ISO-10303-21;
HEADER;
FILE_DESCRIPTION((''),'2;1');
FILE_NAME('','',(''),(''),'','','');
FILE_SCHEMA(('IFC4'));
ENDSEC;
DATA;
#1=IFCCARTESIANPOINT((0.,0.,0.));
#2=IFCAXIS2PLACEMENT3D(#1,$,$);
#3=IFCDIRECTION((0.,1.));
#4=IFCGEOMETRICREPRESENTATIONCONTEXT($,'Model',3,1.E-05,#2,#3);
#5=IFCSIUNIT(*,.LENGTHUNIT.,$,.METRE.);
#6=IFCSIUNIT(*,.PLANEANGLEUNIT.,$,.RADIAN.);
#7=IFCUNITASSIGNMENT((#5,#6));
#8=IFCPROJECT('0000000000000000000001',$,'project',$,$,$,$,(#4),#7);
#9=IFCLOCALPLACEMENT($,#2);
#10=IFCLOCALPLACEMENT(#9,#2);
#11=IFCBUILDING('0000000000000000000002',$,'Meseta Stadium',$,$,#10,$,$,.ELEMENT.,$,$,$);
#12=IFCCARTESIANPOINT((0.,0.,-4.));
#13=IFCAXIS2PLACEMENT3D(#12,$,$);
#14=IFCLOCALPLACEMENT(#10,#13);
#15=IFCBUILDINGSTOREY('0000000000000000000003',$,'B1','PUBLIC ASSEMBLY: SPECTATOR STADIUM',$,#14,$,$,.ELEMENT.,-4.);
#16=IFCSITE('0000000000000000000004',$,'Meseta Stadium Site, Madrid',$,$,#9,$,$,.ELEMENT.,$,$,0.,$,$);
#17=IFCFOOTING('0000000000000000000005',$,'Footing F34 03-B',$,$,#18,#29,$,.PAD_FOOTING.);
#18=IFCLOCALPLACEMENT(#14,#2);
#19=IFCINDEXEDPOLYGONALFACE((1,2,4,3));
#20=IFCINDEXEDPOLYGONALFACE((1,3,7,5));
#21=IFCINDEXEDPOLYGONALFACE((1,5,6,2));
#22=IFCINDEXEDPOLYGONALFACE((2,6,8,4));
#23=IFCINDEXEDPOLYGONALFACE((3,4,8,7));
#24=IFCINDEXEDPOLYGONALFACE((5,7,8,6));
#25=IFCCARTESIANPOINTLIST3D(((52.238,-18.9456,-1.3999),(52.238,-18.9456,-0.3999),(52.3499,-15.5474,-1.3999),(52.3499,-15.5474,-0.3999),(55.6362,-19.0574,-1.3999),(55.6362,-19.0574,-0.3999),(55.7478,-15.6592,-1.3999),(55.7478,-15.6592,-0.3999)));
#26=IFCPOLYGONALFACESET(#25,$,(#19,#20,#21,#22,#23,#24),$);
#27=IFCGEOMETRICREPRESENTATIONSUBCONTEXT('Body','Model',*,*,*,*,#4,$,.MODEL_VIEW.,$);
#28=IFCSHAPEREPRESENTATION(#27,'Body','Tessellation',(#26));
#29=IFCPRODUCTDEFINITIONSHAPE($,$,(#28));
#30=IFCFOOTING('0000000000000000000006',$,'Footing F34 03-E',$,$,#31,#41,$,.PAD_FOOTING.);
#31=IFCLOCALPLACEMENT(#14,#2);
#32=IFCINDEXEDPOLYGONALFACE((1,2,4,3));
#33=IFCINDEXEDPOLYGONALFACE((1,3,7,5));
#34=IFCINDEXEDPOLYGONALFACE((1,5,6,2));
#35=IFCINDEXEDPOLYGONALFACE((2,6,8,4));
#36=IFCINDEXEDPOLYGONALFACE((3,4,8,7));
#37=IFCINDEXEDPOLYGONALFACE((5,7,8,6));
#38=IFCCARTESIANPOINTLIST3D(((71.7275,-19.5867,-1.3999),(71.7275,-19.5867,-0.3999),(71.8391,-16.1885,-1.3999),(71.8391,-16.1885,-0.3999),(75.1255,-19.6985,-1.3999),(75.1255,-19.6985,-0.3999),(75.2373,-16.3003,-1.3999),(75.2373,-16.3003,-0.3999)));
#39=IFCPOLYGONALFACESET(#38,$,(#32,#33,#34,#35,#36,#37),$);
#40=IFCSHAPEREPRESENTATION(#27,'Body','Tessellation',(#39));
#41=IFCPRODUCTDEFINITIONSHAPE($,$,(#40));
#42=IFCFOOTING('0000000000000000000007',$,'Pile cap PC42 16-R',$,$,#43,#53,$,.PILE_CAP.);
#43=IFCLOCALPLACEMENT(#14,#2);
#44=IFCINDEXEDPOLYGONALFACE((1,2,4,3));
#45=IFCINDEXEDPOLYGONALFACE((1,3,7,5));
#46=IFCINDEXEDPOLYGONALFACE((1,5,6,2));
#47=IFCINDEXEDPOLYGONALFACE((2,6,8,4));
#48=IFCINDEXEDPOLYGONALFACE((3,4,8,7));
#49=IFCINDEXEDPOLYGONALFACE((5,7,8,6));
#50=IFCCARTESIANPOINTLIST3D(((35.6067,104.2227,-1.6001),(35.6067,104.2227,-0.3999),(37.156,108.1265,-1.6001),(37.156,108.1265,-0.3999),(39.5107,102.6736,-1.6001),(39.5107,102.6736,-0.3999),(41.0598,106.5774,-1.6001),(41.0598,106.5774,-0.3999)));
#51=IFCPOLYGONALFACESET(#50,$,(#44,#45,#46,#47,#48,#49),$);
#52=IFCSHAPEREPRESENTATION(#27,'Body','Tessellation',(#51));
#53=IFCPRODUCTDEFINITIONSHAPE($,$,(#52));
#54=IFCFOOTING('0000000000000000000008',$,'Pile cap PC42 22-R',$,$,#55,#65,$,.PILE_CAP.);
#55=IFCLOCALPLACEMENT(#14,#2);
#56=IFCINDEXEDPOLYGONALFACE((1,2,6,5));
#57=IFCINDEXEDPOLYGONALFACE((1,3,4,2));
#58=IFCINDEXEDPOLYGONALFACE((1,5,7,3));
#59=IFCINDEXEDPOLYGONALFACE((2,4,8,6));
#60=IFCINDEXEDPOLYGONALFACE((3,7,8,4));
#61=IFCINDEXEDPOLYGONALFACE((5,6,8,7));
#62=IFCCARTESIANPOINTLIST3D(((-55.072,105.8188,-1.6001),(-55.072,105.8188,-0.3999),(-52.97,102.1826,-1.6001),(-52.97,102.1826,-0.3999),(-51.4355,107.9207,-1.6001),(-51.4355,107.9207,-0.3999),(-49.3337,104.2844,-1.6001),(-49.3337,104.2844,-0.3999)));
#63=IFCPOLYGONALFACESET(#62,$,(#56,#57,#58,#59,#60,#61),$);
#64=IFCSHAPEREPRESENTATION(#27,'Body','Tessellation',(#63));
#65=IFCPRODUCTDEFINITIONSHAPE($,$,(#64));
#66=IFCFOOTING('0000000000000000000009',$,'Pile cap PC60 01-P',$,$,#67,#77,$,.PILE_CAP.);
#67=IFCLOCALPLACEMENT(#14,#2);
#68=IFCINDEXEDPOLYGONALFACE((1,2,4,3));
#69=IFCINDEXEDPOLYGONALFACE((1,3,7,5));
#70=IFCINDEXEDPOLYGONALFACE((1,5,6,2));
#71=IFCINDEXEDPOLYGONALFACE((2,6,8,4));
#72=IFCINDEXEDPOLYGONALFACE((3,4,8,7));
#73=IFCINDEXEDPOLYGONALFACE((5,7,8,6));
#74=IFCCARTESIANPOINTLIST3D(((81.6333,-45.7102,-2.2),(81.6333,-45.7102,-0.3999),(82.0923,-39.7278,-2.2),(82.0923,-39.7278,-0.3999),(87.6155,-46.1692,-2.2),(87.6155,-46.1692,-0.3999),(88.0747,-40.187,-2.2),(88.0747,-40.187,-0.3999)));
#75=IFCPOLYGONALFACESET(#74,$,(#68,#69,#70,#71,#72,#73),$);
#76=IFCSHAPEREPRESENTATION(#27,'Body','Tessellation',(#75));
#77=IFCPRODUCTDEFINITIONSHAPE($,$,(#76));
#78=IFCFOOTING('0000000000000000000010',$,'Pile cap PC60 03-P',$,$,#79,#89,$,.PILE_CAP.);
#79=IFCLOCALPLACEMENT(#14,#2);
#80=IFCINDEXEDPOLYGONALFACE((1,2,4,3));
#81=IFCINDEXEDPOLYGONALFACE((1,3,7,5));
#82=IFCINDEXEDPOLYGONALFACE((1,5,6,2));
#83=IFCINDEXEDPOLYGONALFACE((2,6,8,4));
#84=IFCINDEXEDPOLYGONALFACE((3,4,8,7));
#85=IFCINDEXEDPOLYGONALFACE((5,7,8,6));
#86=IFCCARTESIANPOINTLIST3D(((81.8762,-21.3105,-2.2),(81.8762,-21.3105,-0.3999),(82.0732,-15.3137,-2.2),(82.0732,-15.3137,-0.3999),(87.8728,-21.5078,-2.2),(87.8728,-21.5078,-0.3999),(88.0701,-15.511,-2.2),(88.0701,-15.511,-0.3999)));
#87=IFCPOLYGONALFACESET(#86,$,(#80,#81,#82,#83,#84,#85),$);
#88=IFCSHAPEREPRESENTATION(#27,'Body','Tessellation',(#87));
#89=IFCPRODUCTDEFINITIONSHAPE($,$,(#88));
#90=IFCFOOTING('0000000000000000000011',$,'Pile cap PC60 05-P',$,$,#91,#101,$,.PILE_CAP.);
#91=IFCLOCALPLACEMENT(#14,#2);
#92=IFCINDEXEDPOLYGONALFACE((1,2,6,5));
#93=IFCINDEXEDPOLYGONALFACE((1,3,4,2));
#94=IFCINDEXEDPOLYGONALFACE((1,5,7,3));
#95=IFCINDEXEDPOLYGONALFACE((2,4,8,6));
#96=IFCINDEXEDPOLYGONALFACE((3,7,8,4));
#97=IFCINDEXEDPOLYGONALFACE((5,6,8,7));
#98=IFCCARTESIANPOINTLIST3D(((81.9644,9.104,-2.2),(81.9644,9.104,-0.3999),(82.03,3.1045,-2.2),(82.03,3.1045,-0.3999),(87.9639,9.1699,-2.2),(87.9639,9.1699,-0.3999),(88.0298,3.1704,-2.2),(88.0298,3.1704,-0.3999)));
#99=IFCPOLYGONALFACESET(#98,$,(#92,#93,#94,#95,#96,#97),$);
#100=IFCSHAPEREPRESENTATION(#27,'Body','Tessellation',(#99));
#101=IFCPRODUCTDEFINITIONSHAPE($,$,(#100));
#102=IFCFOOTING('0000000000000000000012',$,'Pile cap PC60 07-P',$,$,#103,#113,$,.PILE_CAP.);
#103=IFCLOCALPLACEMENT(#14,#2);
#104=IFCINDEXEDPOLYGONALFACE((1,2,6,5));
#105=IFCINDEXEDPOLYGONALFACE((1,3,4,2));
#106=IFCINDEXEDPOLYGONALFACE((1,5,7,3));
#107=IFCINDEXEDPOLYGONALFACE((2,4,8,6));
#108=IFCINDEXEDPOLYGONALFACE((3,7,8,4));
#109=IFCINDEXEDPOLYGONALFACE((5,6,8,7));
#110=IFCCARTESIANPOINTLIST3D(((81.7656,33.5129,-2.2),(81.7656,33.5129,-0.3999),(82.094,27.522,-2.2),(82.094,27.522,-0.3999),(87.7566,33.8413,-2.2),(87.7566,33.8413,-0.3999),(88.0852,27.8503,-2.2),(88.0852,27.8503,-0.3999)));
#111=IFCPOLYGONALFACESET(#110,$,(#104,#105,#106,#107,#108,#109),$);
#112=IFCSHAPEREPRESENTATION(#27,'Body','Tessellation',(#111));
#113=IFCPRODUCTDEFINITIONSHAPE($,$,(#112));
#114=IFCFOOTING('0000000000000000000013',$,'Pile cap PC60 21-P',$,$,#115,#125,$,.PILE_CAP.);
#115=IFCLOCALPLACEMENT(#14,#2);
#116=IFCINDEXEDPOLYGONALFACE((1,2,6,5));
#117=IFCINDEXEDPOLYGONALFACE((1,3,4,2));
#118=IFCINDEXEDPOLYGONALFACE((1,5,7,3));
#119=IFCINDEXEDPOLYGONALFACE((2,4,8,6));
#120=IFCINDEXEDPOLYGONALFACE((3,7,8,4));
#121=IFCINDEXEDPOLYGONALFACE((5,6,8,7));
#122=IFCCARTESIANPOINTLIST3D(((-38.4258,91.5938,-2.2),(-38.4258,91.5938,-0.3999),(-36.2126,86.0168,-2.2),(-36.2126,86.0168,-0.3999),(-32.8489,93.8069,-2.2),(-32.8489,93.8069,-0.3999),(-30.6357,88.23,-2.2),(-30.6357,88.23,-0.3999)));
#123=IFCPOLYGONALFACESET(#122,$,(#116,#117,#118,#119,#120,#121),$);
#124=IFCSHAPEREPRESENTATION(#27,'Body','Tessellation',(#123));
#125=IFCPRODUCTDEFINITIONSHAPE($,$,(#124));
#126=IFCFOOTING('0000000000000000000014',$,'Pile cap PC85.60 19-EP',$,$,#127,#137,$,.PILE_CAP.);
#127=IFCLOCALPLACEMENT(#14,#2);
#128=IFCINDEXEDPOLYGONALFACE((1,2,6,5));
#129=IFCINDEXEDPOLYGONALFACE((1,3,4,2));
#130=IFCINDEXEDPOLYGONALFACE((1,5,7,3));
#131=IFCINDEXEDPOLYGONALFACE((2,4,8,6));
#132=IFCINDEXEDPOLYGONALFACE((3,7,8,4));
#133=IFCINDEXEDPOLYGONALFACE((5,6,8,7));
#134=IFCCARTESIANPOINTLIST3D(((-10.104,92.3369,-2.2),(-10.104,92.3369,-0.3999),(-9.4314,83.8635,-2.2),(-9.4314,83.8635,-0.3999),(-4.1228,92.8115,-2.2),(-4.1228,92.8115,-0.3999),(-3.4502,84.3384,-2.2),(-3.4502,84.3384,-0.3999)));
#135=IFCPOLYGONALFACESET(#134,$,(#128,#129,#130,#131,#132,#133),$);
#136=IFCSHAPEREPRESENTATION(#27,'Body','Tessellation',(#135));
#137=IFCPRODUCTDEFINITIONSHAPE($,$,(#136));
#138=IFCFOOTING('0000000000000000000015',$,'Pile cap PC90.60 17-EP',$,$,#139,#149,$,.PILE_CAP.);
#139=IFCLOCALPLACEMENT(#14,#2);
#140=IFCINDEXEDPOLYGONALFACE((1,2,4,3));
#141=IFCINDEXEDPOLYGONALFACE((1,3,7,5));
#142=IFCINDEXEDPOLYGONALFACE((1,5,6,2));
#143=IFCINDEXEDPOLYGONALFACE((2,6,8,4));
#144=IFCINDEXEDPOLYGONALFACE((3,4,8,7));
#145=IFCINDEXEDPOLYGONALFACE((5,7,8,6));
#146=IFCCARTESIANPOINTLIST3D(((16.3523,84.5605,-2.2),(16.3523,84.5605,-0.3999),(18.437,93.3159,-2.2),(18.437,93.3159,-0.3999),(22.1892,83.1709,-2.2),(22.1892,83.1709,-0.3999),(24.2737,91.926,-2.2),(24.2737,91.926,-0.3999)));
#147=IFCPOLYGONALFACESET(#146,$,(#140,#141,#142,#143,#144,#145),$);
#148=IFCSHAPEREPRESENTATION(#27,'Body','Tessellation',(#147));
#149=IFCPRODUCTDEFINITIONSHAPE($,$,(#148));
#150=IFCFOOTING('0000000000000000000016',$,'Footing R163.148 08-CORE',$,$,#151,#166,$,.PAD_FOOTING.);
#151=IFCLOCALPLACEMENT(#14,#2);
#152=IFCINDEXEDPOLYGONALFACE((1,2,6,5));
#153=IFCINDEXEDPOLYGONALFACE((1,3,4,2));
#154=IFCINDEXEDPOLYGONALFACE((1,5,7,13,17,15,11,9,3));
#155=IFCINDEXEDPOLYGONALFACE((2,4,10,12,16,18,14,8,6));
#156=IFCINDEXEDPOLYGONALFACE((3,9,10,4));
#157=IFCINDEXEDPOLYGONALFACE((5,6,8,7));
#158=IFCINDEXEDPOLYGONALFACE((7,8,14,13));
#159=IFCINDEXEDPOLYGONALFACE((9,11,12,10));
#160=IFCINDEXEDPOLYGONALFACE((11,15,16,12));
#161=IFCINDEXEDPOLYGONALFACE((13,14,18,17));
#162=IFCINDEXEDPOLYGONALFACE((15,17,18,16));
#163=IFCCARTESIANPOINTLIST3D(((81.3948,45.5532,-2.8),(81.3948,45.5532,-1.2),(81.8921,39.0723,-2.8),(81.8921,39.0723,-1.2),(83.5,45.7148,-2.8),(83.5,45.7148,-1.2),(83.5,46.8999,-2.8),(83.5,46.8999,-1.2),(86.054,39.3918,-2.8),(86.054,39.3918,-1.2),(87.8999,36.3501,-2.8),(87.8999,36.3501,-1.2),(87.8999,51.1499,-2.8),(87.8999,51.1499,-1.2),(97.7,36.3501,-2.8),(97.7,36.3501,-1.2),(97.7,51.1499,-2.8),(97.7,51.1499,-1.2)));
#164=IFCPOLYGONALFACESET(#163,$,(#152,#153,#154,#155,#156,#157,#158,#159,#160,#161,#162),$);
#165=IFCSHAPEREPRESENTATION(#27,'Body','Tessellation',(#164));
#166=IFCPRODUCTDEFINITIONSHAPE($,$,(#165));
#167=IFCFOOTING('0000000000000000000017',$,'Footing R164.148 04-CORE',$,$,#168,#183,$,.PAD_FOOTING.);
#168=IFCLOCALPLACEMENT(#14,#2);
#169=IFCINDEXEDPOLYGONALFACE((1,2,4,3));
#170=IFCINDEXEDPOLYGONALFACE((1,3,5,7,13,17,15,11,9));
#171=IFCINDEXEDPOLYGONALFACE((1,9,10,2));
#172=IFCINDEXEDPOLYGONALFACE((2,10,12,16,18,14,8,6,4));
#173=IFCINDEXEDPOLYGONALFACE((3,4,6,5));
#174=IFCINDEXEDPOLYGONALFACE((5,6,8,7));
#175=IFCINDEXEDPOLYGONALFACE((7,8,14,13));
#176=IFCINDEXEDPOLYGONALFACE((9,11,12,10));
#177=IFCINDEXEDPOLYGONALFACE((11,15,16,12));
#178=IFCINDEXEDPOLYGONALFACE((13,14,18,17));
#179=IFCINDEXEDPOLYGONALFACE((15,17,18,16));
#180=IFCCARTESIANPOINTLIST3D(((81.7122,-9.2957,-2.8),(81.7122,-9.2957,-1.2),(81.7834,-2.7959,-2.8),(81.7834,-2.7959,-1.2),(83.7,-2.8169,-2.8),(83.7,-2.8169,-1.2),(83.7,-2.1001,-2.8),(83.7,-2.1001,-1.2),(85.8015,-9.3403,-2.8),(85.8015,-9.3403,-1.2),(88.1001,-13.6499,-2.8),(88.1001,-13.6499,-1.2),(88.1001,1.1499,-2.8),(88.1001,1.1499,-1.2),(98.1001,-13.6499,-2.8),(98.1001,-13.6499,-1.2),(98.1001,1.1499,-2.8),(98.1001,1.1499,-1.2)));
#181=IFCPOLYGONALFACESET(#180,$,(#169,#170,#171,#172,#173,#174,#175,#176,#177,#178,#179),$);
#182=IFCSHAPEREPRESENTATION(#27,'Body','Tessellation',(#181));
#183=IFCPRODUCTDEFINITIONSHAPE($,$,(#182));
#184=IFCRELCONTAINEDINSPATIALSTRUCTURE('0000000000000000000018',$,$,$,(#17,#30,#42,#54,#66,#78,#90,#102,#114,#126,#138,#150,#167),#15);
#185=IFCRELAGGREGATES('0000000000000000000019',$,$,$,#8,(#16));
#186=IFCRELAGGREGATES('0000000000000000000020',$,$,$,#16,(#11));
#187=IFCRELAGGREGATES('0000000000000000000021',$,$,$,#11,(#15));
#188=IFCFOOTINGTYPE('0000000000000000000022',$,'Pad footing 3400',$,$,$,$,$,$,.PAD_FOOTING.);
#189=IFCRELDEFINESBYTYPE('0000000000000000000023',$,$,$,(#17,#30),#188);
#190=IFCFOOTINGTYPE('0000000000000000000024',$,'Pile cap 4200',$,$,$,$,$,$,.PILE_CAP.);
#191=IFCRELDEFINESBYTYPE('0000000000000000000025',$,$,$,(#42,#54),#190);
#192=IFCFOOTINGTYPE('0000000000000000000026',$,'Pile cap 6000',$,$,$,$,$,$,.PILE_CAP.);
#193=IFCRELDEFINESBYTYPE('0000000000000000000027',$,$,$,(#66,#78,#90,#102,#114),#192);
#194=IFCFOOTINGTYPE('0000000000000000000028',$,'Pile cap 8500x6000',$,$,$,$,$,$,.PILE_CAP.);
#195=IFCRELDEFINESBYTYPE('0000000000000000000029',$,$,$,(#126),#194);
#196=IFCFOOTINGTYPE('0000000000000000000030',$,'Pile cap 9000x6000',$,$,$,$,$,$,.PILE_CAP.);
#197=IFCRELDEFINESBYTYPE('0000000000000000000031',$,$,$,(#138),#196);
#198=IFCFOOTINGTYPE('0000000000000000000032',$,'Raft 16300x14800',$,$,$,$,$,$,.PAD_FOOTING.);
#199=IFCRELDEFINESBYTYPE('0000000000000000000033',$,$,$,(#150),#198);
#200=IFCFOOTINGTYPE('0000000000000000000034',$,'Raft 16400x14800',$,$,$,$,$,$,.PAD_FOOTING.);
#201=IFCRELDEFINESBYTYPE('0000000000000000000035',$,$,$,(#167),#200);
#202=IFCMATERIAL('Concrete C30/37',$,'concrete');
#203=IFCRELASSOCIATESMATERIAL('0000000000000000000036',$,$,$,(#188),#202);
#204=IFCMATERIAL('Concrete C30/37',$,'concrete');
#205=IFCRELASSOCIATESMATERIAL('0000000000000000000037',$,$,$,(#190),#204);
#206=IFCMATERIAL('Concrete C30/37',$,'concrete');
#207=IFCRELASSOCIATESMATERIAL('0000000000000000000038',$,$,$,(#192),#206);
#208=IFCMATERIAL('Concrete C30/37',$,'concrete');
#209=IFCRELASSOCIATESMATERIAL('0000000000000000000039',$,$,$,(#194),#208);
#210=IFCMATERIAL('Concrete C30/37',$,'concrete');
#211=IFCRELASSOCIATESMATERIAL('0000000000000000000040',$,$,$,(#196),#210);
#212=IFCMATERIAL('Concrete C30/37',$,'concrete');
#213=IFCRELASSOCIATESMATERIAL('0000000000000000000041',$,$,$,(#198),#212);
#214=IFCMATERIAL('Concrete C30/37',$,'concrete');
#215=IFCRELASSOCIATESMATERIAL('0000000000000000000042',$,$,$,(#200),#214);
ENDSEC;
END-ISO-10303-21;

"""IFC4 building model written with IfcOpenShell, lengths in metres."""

from ifc_helpers import new_model, si_unit, direction, frame, origin, place, context, subcontext, project, spatial, polyline, outline, extrude, material, type_object, element, save


model = new_model("IFC4")

# Units and contexts
model_context = context("Model", 3, precision=1e-05, world=origin(), true_north=direction((0.0, 1.0)))
body_context = subcontext(model_context, "Body", "Model", "MODEL_VIEW")
ifc_project = project(units=[si_unit("LENGTHUNIT", "METRE"), si_unit("PLANEANGLEUNIT", "RADIAN")], contexts=[model_context])

# Site, building, storey
site_placement = place(None, origin())
site = spatial("IfcSite", under=ifc_project, at=site_placement, Name="Meseta Stadium Site, Madrid", CompositionType="ELEMENT", RefElevation=0.0)
building_placement = place(site_placement, origin())
building = spatial("IfcBuilding", under=site, at=building_placement, Name="Meseta Stadium", CompositionType="ELEMENT")
storey_placement = place(building_placement, frame((0.0, 0.0, -4.0)))
storey = spatial("IfcBuildingStorey", under=building, at=storey_placement, Name="B1", Description="PUBLIC ASSEMBLY: SPECTATOR STADIUM", CompositionType="ELEMENT", Elevation=-4.0)

# Footings
ifc_material_1 = material(Name="Concrete C30/37", Category="concrete")
footing_type_1 = type_object("IfcFootingType", Name="Pad footing 3400", PredefinedType="PAD_FOOTING", material=ifc_material_1)
footing_1_placement = place(storey_placement, frame((0.0, 0.0, -1.3999)))
element("IfcFooting", 1, at=footing_1_placement, inside=storey, type_object=footing_type_1, Name="Footing F34 03-B", PredefinedType="PAD_FOOTING", context=body_context, shape_type="SweptSolid", body=[
    extrude(outline(polyline([(52.238, -18.9456), (55.6362, -19.0574), (55.7478, -15.6592), (52.3499, -15.5474), (52.238, -18.9456)])), origin(), (0.0, 0.0, 1.0), 1.0),
])
footing_2_placement = place(storey_placement, frame((0.0, 0.0, -1.3999)))
element("IfcFooting", 2, at=footing_2_placement, inside=storey, type_object=footing_type_1, Name="Footing F34 03-E", PredefinedType="PAD_FOOTING", context=body_context, shape_type="SweptSolid", body=[
    extrude(outline(polyline([(71.7275, -19.5867), (75.1255, -19.6985), (75.2373, -16.3003), (71.8391, -16.1885), (71.7275, -19.5867)])), origin(), (0.0, 0.0, 1.0), 1.0),
])
ifc_material_2 = material(Name="Concrete C30/37", Category="concrete")
footing_type_2 = type_object("IfcFootingType", Name="Pile cap 4200", PredefinedType="PILE_CAP", material=ifc_material_2)
footing_3_placement = place(storey_placement, frame((0.0, 0.0, -1.6001)))
element("IfcFooting", 3, at=footing_3_placement, inside=storey, type_object=footing_type_2, Name="Pile cap PC42 16-R", PredefinedType="PILE_CAP", context=body_context, shape_type="SweptSolid", body=[
    extrude(outline(polyline([(39.5107, 102.6736), (41.0598, 106.5774), (37.156, 108.1265), (35.6067, 104.2227), (39.5107, 102.6736)])), origin(), (0.0, 0.0, 1.0), 1.2002),
])
footing_4_placement = place(storey_placement, frame((0.0, 0.0, -1.6001)))
element("IfcFooting", 4, at=footing_4_placement, inside=storey, type_object=footing_type_2, Name="Pile cap PC42 22-R", PredefinedType="PILE_CAP", context=body_context, shape_type="SweptSolid", body=[
    extrude(outline(polyline([(-49.3337, 104.2844), (-51.4355, 107.9207), (-55.072, 105.8188), (-52.97, 102.1826), (-49.3337, 104.2844)])), origin(), (0.0, 0.0, 1.0), 1.2002),
])
ifc_material_3 = material(Name="Concrete C30/37", Category="concrete")
footing_type_3 = type_object("IfcFootingType", Name="Pile cap 6000", PredefinedType="PILE_CAP", material=ifc_material_3)
footing_5_placement = place(storey_placement, frame((0.0, 0.0, -2.2)))
element("IfcFooting", 5, at=footing_5_placement, inside=storey, type_object=footing_type_3, Name="Pile cap PC60 01-P", PredefinedType="PILE_CAP", context=body_context, shape_type="SweptSolid", body=[
    extrude(outline(polyline([(81.6333, -45.7102), (87.6155, -46.1692), (88.0747, -40.187), (82.0923, -39.7278), (81.6333, -45.7102)])), origin(), (0.0, 0.0, 1.0), 1.8),
])
footing_6_placement = place(storey_placement, frame((0.0, 0.0, -2.2)))
element("IfcFooting", 6, at=footing_6_placement, inside=storey, type_object=footing_type_3, Name="Pile cap PC60 03-P", PredefinedType="PILE_CAP", context=body_context, shape_type="SweptSolid", body=[
    extrude(outline(polyline([(81.8762, -21.3105), (87.8728, -21.5078), (88.0701, -15.511), (82.0732, -15.3137), (81.8762, -21.3105)])), origin(), (0.0, 0.0, 1.0), 1.8),
])
footing_7_placement = place(storey_placement, frame((0.0, 0.0, -2.2)))
element("IfcFooting", 7, at=footing_7_placement, inside=storey, type_object=footing_type_3, Name="Pile cap PC60 05-P", PredefinedType="PILE_CAP", context=body_context, shape_type="SweptSolid", body=[
    extrude(outline(polyline([(82.03, 3.1045), (88.0298, 3.1704), (87.9639, 9.1699), (81.9644, 9.104), (82.03, 3.1045)])), origin(), (0.0, 0.0, 1.0), 1.8),
])
footing_8_placement = place(storey_placement, frame((0.0, 0.0, -2.2)))
element("IfcFooting", 8, at=footing_8_placement, inside=storey, type_object=footing_type_3, Name="Pile cap PC60 07-P", PredefinedType="PILE_CAP", context=body_context, shape_type="SweptSolid", body=[
    extrude(outline(polyline([(82.094, 27.522), (88.0852, 27.8503), (87.7566, 33.8413), (81.7656, 33.5129), (82.094, 27.522)])), origin(), (0.0, 0.0, 1.0), 1.8),
])
footing_9_placement = place(storey_placement, frame((0.0, 0.0, -2.2)))
element("IfcFooting", 9, at=footing_9_placement, inside=storey, type_object=footing_type_3, Name="Pile cap PC60 21-P", PredefinedType="PILE_CAP", context=body_context, shape_type="SweptSolid", body=[
    extrude(outline(polyline([(-30.6357, 88.23), (-32.8489, 93.8069), (-38.4258, 91.5938), (-36.2126, 86.0168), (-30.6357, 88.23)])), origin(), (0.0, 0.0, 1.0), 1.8),
])
ifc_material_4 = material(Name="Concrete C30/37", Category="concrete")
footing_type_4 = type_object("IfcFootingType", Name="Pile cap 8500x6000", PredefinedType="PILE_CAP", material=ifc_material_4)
footing_10_placement = place(storey_placement, frame((0.0, 0.0, -2.2)))
element("IfcFooting", 10, at=footing_10_placement, inside=storey, type_object=footing_type_4, Name="Pile cap PC85.60 19-EP", PredefinedType="PILE_CAP", context=body_context, shape_type="SweptSolid", body=[
    extrude(outline(polyline([(-3.4502, 84.3384), (-4.1228, 92.8115), (-10.104, 92.3369), (-9.4314, 83.8635), (-3.4502, 84.3384)])), origin(), (0.0, 0.0, 1.0), 1.8),
])
ifc_material_5 = material(Name="Concrete C30/37", Category="concrete")
footing_type_5 = type_object("IfcFootingType", Name="Pile cap 9000x6000", PredefinedType="PILE_CAP", material=ifc_material_5)
footing_11_placement = place(storey_placement, frame((0.0, 0.0, -2.2)))
element("IfcFooting", 11, at=footing_11_placement, inside=storey, type_object=footing_type_5, Name="Pile cap PC90.60 17-EP", PredefinedType="PILE_CAP", context=body_context, shape_type="SweptSolid", body=[
    extrude(outline(polyline([(22.1892, 83.1709), (24.2737, 91.926), (18.437, 93.3159), (16.3523, 84.5605), (22.1892, 83.1709)])), origin(), (0.0, 0.0, 1.0), 1.8),
])
ifc_material_6 = material(Name="Concrete C30/37", Category="concrete")
footing_type_6 = type_object("IfcFootingType", Name="Raft 16300x14800", PredefinedType="PAD_FOOTING", material=ifc_material_6)
footing_12_placement = place(storey_placement, frame((0.0, 0.0, -2.8)))
element("IfcFooting", 12, at=footing_12_placement, inside=storey, type_object=footing_type_6, Name="Footing R163.148 08-CORE", PredefinedType="PAD_FOOTING", context=body_context, shape_type="SweptSolid", body=[
    extrude(outline(polyline([(86.054, 39.3918), (87.8999, 36.3501), (97.7, 36.3501), (97.7, 51.1499), (87.8999, 51.1499), (83.5, 46.8999), (83.5, 45.7148), (81.3948, 45.5532), (81.8921, 39.0723), (86.054, 39.3918)])), origin(), (0.0, 0.0, 1.0), 1.6001),
])
ifc_material_7 = material(Name="Concrete C30/37", Category="concrete")
footing_type_7 = type_object("IfcFootingType", Name="Raft 16400x14800", PredefinedType="PAD_FOOTING", material=ifc_material_7)
footing_13_placement = place(storey_placement, frame((0.0, 0.0, -2.8)))
element("IfcFooting", 13, at=footing_13_placement, inside=storey, type_object=footing_type_7, Name="Footing R164.148 04-CORE", PredefinedType="PAD_FOOTING", context=body_context, shape_type="SweptSolid", body=[
    extrude(outline(polyline([(88.1001, -13.6499), (98.1001, -13.6499), (98.1001, 1.1499), (88.1001, 1.1499), (83.7, -2.1001), (83.7, -2.8169), (81.7834, -2.7959), (81.7122, -9.2957), (85.8015, -9.3403), (88.1001, -13.6499)])), origin(), (0.0, 0.0, 1.0), 1.6001),
])

save(model, "model.ifc")
